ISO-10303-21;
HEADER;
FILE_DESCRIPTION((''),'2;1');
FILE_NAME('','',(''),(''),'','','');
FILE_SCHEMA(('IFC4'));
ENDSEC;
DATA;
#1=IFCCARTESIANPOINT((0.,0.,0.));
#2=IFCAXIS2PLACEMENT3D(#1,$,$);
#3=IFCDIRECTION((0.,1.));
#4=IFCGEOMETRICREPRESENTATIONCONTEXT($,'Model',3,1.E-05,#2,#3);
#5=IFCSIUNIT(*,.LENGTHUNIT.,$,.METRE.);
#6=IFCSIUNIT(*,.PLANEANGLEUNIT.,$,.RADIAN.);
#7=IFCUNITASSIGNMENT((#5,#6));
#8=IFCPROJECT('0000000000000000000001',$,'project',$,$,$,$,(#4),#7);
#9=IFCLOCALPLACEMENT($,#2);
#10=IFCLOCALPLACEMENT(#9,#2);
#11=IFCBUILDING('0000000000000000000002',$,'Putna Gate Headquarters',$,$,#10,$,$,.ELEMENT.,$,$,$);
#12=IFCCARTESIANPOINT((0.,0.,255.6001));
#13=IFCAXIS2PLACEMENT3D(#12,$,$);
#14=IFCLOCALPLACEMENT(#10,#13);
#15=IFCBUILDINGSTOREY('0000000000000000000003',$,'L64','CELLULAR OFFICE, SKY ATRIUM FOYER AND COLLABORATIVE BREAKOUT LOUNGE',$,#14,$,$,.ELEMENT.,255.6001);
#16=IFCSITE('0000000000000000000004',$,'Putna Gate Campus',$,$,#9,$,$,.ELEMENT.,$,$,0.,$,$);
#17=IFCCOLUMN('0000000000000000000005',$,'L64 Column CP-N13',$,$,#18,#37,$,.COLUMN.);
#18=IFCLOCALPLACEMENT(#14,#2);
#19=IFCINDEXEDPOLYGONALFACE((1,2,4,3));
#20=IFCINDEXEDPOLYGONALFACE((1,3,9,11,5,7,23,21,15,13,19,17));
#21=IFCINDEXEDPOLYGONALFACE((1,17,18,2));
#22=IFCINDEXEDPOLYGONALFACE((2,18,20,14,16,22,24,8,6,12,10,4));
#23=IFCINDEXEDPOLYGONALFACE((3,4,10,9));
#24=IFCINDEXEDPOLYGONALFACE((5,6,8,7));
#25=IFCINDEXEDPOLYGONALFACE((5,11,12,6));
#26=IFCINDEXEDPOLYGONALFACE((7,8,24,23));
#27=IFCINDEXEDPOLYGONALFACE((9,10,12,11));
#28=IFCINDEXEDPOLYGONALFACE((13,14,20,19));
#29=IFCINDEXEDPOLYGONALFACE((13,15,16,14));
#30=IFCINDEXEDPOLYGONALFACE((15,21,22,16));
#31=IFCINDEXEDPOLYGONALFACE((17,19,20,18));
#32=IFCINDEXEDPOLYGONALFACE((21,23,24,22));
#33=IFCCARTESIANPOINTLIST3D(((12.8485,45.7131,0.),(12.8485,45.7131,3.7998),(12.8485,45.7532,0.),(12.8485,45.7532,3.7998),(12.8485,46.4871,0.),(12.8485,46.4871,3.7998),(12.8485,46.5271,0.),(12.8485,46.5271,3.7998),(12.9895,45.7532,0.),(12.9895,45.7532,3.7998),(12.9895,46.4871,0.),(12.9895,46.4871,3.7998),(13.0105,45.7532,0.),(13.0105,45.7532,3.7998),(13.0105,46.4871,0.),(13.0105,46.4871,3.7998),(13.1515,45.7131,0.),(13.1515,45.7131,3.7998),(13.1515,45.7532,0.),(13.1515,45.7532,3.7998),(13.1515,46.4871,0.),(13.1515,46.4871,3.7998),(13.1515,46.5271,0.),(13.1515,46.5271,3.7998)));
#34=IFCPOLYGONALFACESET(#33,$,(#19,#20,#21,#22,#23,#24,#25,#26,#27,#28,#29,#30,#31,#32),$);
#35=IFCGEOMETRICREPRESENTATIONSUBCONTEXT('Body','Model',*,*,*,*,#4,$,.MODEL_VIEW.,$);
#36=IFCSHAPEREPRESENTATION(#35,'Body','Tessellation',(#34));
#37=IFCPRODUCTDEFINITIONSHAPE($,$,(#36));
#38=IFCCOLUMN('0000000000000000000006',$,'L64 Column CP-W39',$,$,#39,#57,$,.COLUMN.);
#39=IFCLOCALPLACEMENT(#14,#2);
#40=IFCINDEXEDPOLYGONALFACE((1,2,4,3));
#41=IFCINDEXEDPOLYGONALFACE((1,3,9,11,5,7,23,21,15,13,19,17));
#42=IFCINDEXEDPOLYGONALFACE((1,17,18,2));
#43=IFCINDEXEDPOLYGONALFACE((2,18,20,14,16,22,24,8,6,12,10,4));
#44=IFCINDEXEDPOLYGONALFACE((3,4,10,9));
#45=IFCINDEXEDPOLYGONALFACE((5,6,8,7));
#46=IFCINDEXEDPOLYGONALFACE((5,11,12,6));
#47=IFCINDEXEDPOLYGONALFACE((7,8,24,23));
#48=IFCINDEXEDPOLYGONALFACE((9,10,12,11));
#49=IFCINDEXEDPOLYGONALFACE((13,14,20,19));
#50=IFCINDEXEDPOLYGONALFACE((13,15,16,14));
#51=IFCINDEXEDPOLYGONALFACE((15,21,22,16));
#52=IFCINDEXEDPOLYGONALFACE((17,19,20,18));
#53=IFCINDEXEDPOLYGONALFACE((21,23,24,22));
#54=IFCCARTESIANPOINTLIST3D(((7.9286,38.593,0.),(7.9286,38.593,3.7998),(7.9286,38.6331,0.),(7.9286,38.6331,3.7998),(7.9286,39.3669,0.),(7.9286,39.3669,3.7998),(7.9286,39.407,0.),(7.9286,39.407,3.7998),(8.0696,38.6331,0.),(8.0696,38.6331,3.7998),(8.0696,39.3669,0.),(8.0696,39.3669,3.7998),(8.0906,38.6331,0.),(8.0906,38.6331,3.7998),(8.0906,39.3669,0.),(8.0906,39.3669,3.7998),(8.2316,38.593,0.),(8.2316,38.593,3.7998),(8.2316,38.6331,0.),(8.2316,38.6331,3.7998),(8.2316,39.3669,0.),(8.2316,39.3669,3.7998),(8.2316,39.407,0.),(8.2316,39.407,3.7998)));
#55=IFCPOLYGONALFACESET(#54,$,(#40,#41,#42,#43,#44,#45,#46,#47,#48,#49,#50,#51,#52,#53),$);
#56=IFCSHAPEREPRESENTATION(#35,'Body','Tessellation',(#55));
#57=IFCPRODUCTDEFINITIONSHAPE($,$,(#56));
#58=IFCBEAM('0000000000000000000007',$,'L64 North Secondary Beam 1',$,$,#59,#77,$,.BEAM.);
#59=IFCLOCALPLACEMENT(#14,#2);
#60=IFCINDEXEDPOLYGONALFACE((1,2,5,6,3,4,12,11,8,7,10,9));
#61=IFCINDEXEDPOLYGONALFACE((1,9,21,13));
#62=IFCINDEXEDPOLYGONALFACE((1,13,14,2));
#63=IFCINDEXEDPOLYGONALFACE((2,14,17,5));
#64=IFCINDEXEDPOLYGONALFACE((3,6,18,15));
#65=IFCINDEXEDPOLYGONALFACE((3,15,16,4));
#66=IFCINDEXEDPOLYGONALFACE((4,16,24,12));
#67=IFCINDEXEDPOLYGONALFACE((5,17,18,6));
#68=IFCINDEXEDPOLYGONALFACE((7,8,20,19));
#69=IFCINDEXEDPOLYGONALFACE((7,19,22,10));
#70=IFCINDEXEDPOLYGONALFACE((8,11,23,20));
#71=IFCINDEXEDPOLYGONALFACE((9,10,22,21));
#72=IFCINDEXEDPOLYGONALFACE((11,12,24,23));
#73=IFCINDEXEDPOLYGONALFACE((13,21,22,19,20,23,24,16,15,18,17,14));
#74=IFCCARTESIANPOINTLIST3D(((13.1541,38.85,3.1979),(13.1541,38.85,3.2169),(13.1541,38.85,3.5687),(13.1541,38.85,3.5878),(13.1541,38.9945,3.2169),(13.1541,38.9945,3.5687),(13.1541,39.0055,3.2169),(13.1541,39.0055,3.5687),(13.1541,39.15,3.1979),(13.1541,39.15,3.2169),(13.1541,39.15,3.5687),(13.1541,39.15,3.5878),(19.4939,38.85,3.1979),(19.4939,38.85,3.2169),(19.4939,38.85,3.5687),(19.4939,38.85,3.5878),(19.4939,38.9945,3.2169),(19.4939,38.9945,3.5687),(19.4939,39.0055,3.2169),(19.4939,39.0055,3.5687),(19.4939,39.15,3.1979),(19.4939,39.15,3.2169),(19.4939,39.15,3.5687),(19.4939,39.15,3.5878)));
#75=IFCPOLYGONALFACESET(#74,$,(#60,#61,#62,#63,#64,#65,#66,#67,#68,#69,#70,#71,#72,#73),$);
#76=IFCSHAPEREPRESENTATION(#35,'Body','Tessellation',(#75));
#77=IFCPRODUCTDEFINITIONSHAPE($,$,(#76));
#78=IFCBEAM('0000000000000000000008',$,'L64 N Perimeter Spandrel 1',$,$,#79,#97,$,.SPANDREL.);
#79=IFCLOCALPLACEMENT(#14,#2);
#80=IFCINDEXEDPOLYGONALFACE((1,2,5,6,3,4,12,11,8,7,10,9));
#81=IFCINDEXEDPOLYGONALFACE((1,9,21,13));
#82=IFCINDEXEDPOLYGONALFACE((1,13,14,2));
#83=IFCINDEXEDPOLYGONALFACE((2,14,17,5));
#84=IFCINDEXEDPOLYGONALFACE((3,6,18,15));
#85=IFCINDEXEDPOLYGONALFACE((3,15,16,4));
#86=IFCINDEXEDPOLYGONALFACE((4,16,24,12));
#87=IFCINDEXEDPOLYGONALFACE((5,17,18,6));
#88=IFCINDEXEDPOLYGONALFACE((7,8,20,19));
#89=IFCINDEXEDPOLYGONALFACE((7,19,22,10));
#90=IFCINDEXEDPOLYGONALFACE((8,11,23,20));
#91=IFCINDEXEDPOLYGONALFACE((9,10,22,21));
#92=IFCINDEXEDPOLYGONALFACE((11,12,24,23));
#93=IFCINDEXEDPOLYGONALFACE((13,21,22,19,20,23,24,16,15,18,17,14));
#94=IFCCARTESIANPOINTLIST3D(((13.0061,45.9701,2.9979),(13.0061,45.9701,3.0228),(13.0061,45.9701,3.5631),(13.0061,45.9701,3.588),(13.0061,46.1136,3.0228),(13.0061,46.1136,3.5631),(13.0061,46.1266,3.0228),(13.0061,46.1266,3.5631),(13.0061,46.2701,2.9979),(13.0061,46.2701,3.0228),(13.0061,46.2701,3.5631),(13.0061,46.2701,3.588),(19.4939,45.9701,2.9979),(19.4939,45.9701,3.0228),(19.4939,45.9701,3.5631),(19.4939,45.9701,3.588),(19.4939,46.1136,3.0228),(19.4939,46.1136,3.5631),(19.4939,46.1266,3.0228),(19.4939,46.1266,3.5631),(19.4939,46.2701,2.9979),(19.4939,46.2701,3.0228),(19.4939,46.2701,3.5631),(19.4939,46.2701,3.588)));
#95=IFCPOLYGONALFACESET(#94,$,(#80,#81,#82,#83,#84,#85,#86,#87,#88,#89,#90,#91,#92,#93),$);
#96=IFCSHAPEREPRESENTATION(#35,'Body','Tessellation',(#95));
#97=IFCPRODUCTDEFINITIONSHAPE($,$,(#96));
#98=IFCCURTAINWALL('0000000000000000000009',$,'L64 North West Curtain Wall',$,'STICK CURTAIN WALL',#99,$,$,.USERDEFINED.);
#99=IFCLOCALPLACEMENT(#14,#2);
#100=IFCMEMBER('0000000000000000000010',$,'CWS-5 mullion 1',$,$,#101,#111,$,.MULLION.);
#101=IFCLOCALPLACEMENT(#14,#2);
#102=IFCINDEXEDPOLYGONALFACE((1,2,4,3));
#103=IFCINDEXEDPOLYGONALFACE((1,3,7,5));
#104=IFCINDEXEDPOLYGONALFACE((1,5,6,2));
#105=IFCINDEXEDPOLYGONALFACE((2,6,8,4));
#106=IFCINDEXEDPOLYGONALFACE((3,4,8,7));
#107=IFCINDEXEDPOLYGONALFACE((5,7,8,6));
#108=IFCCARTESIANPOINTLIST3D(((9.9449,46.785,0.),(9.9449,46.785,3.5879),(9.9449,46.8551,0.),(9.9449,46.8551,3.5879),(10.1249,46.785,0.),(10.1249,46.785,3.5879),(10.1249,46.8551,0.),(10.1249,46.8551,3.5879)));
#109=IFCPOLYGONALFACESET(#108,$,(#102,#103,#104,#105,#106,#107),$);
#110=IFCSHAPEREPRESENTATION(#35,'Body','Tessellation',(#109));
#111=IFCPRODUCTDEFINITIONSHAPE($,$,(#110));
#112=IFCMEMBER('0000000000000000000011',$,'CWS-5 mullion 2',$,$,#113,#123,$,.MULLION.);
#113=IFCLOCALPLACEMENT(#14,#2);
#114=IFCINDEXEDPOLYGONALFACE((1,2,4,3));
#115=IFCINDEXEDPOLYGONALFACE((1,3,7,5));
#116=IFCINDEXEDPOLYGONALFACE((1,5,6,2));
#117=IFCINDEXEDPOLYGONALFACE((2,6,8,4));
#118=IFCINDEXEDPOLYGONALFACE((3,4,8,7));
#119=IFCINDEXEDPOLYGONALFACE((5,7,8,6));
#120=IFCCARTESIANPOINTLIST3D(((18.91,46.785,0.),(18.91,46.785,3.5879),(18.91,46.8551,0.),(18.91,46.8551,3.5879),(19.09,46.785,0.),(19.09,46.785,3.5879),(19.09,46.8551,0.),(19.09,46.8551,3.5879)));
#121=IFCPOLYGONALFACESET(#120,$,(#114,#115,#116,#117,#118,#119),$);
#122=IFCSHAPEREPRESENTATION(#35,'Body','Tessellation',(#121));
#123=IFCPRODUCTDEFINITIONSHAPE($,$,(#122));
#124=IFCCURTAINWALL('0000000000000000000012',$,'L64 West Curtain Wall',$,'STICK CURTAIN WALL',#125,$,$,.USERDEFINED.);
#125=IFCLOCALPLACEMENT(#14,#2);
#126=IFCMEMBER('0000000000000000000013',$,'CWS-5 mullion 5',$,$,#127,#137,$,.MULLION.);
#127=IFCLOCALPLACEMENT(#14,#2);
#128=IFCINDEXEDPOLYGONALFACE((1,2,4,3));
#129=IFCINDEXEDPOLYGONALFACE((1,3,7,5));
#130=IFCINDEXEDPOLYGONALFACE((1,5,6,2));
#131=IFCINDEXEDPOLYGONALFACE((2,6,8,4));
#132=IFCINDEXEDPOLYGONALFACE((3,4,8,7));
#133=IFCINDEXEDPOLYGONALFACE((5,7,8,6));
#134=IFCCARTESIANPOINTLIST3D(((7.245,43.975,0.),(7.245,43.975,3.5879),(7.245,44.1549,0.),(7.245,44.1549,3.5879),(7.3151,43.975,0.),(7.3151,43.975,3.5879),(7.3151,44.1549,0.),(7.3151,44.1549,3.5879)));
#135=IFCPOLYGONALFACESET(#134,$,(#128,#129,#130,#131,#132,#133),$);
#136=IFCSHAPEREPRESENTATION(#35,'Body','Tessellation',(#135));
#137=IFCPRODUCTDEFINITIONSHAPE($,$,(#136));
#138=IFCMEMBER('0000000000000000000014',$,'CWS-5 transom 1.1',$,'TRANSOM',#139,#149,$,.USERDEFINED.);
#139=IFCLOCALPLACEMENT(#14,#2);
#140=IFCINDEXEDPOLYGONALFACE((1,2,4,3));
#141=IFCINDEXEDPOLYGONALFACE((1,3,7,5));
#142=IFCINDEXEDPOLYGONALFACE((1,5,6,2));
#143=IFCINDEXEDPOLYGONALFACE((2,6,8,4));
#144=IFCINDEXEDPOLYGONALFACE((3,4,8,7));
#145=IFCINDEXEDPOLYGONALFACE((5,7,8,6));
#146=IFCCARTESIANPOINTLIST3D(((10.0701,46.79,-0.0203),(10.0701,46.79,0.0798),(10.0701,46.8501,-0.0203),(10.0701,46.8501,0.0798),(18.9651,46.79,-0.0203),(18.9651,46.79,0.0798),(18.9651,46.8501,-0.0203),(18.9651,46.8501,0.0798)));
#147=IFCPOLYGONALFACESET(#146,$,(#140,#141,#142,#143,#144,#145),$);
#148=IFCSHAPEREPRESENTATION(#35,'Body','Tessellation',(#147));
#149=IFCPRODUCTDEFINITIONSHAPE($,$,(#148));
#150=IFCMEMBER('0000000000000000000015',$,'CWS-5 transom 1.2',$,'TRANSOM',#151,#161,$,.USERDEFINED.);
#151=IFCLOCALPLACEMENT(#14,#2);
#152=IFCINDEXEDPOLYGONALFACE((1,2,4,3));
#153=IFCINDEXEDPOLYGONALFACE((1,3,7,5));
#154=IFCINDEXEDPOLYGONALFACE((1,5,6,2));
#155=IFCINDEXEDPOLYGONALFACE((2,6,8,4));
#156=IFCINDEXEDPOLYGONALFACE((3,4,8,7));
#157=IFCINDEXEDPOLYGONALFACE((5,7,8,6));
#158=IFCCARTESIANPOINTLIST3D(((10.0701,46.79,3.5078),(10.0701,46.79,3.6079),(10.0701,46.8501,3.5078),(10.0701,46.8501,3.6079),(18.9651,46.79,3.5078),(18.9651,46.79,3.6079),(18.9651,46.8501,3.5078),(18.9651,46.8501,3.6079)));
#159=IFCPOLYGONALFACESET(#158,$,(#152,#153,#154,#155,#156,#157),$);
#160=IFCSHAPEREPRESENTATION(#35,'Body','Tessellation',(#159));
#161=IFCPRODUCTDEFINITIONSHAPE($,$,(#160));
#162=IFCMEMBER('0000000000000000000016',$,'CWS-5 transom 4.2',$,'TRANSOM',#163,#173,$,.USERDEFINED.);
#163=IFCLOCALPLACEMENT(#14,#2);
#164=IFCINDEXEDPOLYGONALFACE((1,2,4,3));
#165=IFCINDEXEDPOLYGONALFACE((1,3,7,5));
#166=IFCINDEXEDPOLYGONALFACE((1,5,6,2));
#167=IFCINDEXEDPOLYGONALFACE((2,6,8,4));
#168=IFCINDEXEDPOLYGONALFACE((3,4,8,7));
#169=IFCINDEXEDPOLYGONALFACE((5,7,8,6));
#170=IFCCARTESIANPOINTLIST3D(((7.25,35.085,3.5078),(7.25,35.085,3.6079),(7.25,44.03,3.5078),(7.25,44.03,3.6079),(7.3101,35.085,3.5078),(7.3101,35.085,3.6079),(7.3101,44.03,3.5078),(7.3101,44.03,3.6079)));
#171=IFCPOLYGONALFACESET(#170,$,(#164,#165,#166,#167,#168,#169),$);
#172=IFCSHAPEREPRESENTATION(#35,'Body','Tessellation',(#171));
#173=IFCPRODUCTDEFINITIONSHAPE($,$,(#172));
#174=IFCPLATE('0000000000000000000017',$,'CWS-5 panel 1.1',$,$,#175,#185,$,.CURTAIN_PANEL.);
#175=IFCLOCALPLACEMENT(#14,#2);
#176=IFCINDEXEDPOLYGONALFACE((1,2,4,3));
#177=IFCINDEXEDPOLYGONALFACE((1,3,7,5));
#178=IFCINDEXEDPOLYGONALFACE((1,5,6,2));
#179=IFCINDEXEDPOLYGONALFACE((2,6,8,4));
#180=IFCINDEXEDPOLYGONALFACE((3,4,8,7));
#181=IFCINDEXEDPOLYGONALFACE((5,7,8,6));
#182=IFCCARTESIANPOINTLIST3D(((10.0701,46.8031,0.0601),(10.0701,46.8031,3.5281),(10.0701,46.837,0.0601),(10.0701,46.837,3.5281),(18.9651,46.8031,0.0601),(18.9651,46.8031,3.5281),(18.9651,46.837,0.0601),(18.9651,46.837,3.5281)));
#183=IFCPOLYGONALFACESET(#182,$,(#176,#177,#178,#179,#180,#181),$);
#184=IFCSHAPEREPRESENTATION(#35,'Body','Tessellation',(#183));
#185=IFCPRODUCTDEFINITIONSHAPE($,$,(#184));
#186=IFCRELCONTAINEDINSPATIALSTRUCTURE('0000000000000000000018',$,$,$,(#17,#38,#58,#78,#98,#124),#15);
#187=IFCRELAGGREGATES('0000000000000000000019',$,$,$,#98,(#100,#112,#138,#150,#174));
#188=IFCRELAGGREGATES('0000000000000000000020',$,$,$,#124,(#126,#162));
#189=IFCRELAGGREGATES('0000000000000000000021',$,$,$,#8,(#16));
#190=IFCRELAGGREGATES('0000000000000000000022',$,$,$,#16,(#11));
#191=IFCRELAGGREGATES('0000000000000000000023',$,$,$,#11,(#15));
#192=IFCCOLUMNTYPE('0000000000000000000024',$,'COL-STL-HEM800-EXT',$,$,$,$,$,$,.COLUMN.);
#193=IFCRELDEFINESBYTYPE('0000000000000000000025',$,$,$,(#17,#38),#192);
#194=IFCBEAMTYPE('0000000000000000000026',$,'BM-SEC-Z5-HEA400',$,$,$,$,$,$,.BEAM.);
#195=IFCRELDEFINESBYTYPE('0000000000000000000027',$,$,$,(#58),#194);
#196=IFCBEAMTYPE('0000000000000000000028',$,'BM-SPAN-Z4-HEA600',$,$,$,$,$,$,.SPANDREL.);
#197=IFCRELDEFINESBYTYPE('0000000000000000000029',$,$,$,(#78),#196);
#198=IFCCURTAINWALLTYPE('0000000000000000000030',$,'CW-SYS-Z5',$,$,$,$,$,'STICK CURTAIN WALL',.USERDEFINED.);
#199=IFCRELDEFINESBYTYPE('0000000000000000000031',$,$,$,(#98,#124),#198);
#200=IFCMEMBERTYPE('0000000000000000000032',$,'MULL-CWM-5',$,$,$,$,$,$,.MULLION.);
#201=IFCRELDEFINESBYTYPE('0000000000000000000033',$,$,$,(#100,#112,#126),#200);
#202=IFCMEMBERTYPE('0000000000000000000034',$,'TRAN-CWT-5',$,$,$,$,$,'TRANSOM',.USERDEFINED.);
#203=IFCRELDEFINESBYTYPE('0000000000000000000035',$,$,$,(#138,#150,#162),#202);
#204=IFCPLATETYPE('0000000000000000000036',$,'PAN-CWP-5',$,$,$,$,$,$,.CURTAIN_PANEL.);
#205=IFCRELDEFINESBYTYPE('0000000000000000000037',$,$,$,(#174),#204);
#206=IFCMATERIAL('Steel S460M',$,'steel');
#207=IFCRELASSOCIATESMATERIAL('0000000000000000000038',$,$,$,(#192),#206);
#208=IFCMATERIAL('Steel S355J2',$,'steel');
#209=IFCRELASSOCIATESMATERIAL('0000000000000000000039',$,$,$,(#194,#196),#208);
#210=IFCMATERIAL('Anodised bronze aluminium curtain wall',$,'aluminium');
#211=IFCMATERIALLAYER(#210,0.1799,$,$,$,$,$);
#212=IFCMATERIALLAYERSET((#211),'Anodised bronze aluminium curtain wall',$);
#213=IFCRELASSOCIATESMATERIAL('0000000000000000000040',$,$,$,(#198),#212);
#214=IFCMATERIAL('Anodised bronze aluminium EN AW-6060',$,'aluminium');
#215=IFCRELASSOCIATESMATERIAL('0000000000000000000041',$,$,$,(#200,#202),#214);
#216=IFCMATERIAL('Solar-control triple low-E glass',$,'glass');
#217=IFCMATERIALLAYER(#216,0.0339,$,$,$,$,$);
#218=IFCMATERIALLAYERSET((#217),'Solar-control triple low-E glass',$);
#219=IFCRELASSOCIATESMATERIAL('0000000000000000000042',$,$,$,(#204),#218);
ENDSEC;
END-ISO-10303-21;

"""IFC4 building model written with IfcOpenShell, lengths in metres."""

from ifc_helpers import new_model, si_unit, direction, frame, origin, origin_2d, place, context, subcontext, project, spatial, rectangle, i_section, extrude, material, layer, layer_set, material_profile, profile_set, type_object, element, aggregate, save


model = new_model("IFC4")

# Units and contexts
model_context = context("Model", 3, precision=1e-05, world=origin(), true_north=direction((0.0, 1.0)))
body_context = subcontext(model_context, "Body", "Model", "MODEL_VIEW")
ifc_project = project(units=[si_unit("LENGTHUNIT", "METRE"), si_unit("PLANEANGLEUNIT", "RADIAN")], contexts=[model_context])

# Site, building, storey
site_placement = place(None, origin())
site = spatial("IfcSite", under=ifc_project, at=site_placement, Name="Putna Gate Campus", CompositionType="ELEMENT", RefElevation=0.0)
building_placement = place(site_placement, origin())
building = spatial("IfcBuilding", under=site, at=building_placement, Name="Putna Gate Headquarters", CompositionType="ELEMENT")
storey_placement = place(building_placement, frame((0.0, 0.0, 255.6001)))
storey = spatial("IfcBuildingStorey", under=building, at=storey_placement, Name="L64", Description="CELLULAR OFFICE, SKY ATRIUM FOYER AND COLLABORATIVE BREAKOUT LOUNGE", CompositionType="ELEMENT", Elevation=255.6001)

# Columns
ifc_material_1 = material(Name="Steel S460M", Category="steel")
ifc_material_profile_1 = material_profile(ifc_material_1, i_section(OverallWidth=0.303, OverallDepth=0.814, WebThickness=0.021, FlangeThickness=0.04, at=origin_2d()), Name="Steel S460M")
ifc_profile_set_1 = profile_set([ifc_material_profile_1], Name="Steel S460M")
column_type = type_object("IfcColumnType", Name="COL-STL-HEM800-EXT", PredefinedType="COLUMN", material=ifc_profile_set_1)
for number, where, z_axis, x_axis, name in (
    (1, (13.0, 46.1201, 0.0), (0.0, 0.0, 1.0), (1.0, 0.0, 0.0), "L64 Column CP-N13"),
    (2, (8.0801, 39.0, 0.0), (0.0, 0.0, 1.0), (1.0, 0.0, 0.0), "L64 Column CP-W39"),
):
    element("IfcColumn", number, at=place(storey_placement, frame(where, z_axis=z_axis, x_axis=x_axis)), inside=storey, type_object=column_type, Name=name, PredefinedType="COLUMN", context=body_context, shape_type="SweptSolid", body=[
        extrude(i_section(OverallWidth=0.303, OverallDepth=0.814, WebThickness=0.021, FlangeThickness=0.04, at=origin_2d()), origin(), (0.0, 0.0, 1.0), 3.7998),
    ])

# Beams
ifc_material_2 = material(Name="Steel S355J2", Category="steel")
ifc_material_profile_2 = material_profile(ifc_material_2, i_section(OverallWidth=0.3, OverallDepth=0.3899, WebThickness=0.011, FlangeThickness=0.019, at=origin_2d()), Name="Steel S355J2")
ifc_profile_set_2 = profile_set([ifc_material_profile_2], Name="Steel S355J2")
beam_type_1 = type_object("IfcBeamType", Name="BM-SEC-Z5-HEA400", PredefinedType="BEAM", material=ifc_profile_set_2)
beam_1_placement = place(storey_placement, frame((13.1541, 39.0, 3.3928), z_axis=(1.0, 0.0, 0.0), x_axis=(0.0, 1.0, 0.0)))
element("IfcBeam", 3, at=beam_1_placement, inside=storey, type_object=beam_type_1, Name="L64 North Secondary Beam 1", PredefinedType="BEAM", context=body_context, shape_type="SweptSolid", body=[
    extrude(i_section(OverallWidth=0.3, OverallDepth=0.3899, WebThickness=0.011, FlangeThickness=0.019, at=origin_2d()), origin(), (0.0, 0.0, 1.0), 6.3398),
])
ifc_material_profile_3 = material_profile(ifc_material_2, i_section(OverallWidth=0.3, OverallDepth=0.5901, WebThickness=0.0129, FlangeThickness=0.0249, at=origin_2d()), Name="Steel S355J2")
ifc_profile_set_3 = profile_set([ifc_material_profile_3], Name="Steel S355J2")
beam_type_2 = type_object("IfcBeamType", Name="BM-SPAN-Z4-HEA600", PredefinedType="SPANDREL", material=ifc_profile_set_3)
beam_2_placement = place(storey_placement, frame((13.0061, 46.1201, 3.293), z_axis=(1.0, 0.0, 0.0), x_axis=(0.0, 1.0, 0.0)))
element("IfcBeam", 4, at=beam_2_placement, inside=storey, type_object=beam_type_2, Name="L64 N Perimeter Spandrel 1", PredefinedType="SPANDREL", context=body_context, shape_type="SweptSolid", body=[
    extrude(i_section(OverallWidth=0.3, OverallDepth=0.5901, WebThickness=0.0129, FlangeThickness=0.0249, at=origin_2d()), origin(), (0.0, 0.0, 1.0), 6.4878),
])

# Curtain wall, members
ifc_material_3 = material(Name="Anodised bronze aluminium curtain wall", Category="aluminium")
ifc_layer_1 = layer(ifc_material_3, 0.1799)
ifc_layer_set_1 = layer_set([ifc_layer_1], Name="Anodised bronze aluminium curtain wall")
curtain_wall_type = type_object("IfcCurtainWallType", Name="CW-SYS-Z5", ElementType="STICK CURTAIN WALL", PredefinedType="USERDEFINED", material=ifc_layer_set_1)
curtain_wall_1_placement = place(storey_placement, origin())
curtain_wall_1 = element("IfcCurtainWall", 5, at=curtain_wall_1_placement, inside=storey, type_object=curtain_wall_type, Name="L64 North West Curtain Wall", ObjectType="STICK CURTAIN WALL", PredefinedType="USERDEFINED")
ifc_material_4 = material(Name="Anodised bronze aluminium EN AW-6060", Category="aluminium")
ifc_material_profile_4 = material_profile(ifc_material_4, rectangle(XDim=0.0701, YDim=0.1799, at=origin_2d()), Name="Anodised bronze aluminium EN AW-6060")
ifc_profile_set_4 = profile_set([ifc_material_profile_4], Name="Anodised bronze aluminium EN AW-6060")
member_type_1 = type_object("IfcMemberType", Name="MULL-CWM-5", PredefinedType="MULLION", material=ifc_profile_set_4)
member_1_placement = place(storey_placement, frame((10.0349, 46.8201, 0.0), z_axis=(0.0, 0.0, 1.0), x_axis=(0.0, 1.0, 0.0)))
member_1 = element("IfcMember", 6, at=member_1_placement, type_object=member_type_1, Name="CWS-5 mullion 1", PredefinedType="MULLION", context=body_context, shape_type="SweptSolid", body=[
    extrude(rectangle(XDim=0.0701, YDim=0.1799, at=origin_2d()), origin(), (0.0, 0.0, 1.0), 3.5879),
])
member_2_placement = place(storey_placement, frame((19.0, 46.8201, 0.0), z_axis=(0.0, 0.0, 1.0), x_axis=(0.0, 1.0, 0.0)))
member_2 = element("IfcMember", 7, at=member_2_placement, type_object=member_type_1, Name="CWS-5 mullion 2", PredefinedType="MULLION", context=body_context, shape_type="SweptSolid", body=[
    extrude(rectangle(XDim=0.0701, YDim=0.1799, at=origin_2d()), origin(), (0.0, 0.0, 1.0), 3.5879),
])

# Curtain wall, member
curtain_wall_2_placement = place(storey_placement, origin())
curtain_wall_2 = element("IfcCurtainWall", 8, at=curtain_wall_2_placement, inside=storey, type_object=curtain_wall_type, Name="L64 West Curtain Wall", ObjectType="STICK CURTAIN WALL", PredefinedType="USERDEFINED")
member_3_placement = place(storey_placement, frame((7.28, 44.0649, 0.0), z_axis=(0.0, 0.0, 1.0), x_axis=(-1.0, 0.0, 0.0)))
member_3 = element("IfcMember", 9, at=member_3_placement, type_object=member_type_1, Name="CWS-5 mullion 5", PredefinedType="MULLION", context=body_context, shape_type="SweptSolid", body=[
    extrude(rectangle(XDim=0.0701, YDim=0.1799, at=origin_2d()), origin(), (0.0, 0.0, 1.0), 3.5879),
])

# Members
ifc_material_profile_5 = material_profile(ifc_material_4, rectangle(XDim=0.0601, YDim=0.1001, at=origin_2d()), Name="Anodised bronze aluminium EN AW-6060")
ifc_profile_set_5 = profile_set([ifc_material_profile_5], Name="Anodised bronze aluminium EN AW-6060")
member_type_2 = type_object("IfcMemberType", Name="TRAN-CWT-5", ElementType="TRANSOM", PredefinedType="USERDEFINED", material=ifc_profile_set_5)
member_4_placement = place(storey_placement, frame((10.0701, 46.8201, 0.0298), z_axis=(1.0, 0.0, 0.0), x_axis=(0.0, 1.0, 0.0)))
member_4 = element("IfcMember", 10, at=member_4_placement, type_object=member_type_2, Name="CWS-5 transom 1.1", ObjectType="TRANSOM", PredefinedType="USERDEFINED", context=body_context, shape_type="SweptSolid", body=[
    extrude(rectangle(XDim=0.0601, YDim=0.1001, at=origin_2d()), origin(), (0.0, 0.0, 1.0), 8.895),
])
member_5_placement = place(storey_placement, frame((10.0701, 46.8201, 3.5579), z_axis=(1.0, 0.0, 0.0), x_axis=(0.0, 1.0, 0.0)))
member_5 = element("IfcMember", 11, at=member_5_placement, type_object=member_type_2, Name="CWS-5 transom 1.2", ObjectType="TRANSOM", PredefinedType="USERDEFINED", context=body_context, shape_type="SweptSolid", body=[
    extrude(rectangle(XDim=0.0601, YDim=0.1001, at=origin_2d()), origin(), (0.0, 0.0, 1.0), 8.895),
])
member_6_placement = place(storey_placement, frame((7.28, 35.085, 3.5579), z_axis=(0.0, 1.0, 0.0), x_axis=(-1.0, 0.0, 0.0)))
member_6 = element("IfcMember", 12, at=member_6_placement, type_object=member_type_2, Name="CWS-5 transom 4.2", ObjectType="TRANSOM", PredefinedType="USERDEFINED", context=body_context, shape_type="SweptSolid", body=[
    extrude(rectangle(XDim=0.0601, YDim=0.1001, at=origin_2d()), origin(), (0.0, 0.0, 1.0), 8.9451),
])

# Plate
ifc_material_5 = material(Name="Solar-control triple low-E glass", Category="glass")
ifc_layer_2 = layer(ifc_material_5, 0.0339)
ifc_layer_set_2 = layer_set([ifc_layer_2], Name="Solar-control triple low-E glass")
plate_type = type_object("IfcPlateType", Name="PAN-CWP-5", PredefinedType="CURTAIN_PANEL", material=ifc_layer_set_2)
plate_1_placement = place(storey_placement, frame((14.5176, 46.8201, 0.0601), z_axis=(0.0, 0.0, 1.0), x_axis=(1.0, 0.0, 0.0)))
plate_1 = element("IfcPlate", 13, at=plate_1_placement, type_object=plate_type, Name="CWS-5 panel 1.1", PredefinedType="CURTAIN_PANEL", context=body_context, shape_type="SweptSolid", body=[
    extrude(rectangle(XDim=8.895, YDim=0.0339, at=origin_2d()), origin(), (0.0, 0.0, 1.0), 3.468),
])
aggregate(curtain_wall_1, [member_1, member_2, member_4, member_5, plate_1])
aggregate(curtain_wall_2, [member_3, member_6])

save(model, "model.ifc")
